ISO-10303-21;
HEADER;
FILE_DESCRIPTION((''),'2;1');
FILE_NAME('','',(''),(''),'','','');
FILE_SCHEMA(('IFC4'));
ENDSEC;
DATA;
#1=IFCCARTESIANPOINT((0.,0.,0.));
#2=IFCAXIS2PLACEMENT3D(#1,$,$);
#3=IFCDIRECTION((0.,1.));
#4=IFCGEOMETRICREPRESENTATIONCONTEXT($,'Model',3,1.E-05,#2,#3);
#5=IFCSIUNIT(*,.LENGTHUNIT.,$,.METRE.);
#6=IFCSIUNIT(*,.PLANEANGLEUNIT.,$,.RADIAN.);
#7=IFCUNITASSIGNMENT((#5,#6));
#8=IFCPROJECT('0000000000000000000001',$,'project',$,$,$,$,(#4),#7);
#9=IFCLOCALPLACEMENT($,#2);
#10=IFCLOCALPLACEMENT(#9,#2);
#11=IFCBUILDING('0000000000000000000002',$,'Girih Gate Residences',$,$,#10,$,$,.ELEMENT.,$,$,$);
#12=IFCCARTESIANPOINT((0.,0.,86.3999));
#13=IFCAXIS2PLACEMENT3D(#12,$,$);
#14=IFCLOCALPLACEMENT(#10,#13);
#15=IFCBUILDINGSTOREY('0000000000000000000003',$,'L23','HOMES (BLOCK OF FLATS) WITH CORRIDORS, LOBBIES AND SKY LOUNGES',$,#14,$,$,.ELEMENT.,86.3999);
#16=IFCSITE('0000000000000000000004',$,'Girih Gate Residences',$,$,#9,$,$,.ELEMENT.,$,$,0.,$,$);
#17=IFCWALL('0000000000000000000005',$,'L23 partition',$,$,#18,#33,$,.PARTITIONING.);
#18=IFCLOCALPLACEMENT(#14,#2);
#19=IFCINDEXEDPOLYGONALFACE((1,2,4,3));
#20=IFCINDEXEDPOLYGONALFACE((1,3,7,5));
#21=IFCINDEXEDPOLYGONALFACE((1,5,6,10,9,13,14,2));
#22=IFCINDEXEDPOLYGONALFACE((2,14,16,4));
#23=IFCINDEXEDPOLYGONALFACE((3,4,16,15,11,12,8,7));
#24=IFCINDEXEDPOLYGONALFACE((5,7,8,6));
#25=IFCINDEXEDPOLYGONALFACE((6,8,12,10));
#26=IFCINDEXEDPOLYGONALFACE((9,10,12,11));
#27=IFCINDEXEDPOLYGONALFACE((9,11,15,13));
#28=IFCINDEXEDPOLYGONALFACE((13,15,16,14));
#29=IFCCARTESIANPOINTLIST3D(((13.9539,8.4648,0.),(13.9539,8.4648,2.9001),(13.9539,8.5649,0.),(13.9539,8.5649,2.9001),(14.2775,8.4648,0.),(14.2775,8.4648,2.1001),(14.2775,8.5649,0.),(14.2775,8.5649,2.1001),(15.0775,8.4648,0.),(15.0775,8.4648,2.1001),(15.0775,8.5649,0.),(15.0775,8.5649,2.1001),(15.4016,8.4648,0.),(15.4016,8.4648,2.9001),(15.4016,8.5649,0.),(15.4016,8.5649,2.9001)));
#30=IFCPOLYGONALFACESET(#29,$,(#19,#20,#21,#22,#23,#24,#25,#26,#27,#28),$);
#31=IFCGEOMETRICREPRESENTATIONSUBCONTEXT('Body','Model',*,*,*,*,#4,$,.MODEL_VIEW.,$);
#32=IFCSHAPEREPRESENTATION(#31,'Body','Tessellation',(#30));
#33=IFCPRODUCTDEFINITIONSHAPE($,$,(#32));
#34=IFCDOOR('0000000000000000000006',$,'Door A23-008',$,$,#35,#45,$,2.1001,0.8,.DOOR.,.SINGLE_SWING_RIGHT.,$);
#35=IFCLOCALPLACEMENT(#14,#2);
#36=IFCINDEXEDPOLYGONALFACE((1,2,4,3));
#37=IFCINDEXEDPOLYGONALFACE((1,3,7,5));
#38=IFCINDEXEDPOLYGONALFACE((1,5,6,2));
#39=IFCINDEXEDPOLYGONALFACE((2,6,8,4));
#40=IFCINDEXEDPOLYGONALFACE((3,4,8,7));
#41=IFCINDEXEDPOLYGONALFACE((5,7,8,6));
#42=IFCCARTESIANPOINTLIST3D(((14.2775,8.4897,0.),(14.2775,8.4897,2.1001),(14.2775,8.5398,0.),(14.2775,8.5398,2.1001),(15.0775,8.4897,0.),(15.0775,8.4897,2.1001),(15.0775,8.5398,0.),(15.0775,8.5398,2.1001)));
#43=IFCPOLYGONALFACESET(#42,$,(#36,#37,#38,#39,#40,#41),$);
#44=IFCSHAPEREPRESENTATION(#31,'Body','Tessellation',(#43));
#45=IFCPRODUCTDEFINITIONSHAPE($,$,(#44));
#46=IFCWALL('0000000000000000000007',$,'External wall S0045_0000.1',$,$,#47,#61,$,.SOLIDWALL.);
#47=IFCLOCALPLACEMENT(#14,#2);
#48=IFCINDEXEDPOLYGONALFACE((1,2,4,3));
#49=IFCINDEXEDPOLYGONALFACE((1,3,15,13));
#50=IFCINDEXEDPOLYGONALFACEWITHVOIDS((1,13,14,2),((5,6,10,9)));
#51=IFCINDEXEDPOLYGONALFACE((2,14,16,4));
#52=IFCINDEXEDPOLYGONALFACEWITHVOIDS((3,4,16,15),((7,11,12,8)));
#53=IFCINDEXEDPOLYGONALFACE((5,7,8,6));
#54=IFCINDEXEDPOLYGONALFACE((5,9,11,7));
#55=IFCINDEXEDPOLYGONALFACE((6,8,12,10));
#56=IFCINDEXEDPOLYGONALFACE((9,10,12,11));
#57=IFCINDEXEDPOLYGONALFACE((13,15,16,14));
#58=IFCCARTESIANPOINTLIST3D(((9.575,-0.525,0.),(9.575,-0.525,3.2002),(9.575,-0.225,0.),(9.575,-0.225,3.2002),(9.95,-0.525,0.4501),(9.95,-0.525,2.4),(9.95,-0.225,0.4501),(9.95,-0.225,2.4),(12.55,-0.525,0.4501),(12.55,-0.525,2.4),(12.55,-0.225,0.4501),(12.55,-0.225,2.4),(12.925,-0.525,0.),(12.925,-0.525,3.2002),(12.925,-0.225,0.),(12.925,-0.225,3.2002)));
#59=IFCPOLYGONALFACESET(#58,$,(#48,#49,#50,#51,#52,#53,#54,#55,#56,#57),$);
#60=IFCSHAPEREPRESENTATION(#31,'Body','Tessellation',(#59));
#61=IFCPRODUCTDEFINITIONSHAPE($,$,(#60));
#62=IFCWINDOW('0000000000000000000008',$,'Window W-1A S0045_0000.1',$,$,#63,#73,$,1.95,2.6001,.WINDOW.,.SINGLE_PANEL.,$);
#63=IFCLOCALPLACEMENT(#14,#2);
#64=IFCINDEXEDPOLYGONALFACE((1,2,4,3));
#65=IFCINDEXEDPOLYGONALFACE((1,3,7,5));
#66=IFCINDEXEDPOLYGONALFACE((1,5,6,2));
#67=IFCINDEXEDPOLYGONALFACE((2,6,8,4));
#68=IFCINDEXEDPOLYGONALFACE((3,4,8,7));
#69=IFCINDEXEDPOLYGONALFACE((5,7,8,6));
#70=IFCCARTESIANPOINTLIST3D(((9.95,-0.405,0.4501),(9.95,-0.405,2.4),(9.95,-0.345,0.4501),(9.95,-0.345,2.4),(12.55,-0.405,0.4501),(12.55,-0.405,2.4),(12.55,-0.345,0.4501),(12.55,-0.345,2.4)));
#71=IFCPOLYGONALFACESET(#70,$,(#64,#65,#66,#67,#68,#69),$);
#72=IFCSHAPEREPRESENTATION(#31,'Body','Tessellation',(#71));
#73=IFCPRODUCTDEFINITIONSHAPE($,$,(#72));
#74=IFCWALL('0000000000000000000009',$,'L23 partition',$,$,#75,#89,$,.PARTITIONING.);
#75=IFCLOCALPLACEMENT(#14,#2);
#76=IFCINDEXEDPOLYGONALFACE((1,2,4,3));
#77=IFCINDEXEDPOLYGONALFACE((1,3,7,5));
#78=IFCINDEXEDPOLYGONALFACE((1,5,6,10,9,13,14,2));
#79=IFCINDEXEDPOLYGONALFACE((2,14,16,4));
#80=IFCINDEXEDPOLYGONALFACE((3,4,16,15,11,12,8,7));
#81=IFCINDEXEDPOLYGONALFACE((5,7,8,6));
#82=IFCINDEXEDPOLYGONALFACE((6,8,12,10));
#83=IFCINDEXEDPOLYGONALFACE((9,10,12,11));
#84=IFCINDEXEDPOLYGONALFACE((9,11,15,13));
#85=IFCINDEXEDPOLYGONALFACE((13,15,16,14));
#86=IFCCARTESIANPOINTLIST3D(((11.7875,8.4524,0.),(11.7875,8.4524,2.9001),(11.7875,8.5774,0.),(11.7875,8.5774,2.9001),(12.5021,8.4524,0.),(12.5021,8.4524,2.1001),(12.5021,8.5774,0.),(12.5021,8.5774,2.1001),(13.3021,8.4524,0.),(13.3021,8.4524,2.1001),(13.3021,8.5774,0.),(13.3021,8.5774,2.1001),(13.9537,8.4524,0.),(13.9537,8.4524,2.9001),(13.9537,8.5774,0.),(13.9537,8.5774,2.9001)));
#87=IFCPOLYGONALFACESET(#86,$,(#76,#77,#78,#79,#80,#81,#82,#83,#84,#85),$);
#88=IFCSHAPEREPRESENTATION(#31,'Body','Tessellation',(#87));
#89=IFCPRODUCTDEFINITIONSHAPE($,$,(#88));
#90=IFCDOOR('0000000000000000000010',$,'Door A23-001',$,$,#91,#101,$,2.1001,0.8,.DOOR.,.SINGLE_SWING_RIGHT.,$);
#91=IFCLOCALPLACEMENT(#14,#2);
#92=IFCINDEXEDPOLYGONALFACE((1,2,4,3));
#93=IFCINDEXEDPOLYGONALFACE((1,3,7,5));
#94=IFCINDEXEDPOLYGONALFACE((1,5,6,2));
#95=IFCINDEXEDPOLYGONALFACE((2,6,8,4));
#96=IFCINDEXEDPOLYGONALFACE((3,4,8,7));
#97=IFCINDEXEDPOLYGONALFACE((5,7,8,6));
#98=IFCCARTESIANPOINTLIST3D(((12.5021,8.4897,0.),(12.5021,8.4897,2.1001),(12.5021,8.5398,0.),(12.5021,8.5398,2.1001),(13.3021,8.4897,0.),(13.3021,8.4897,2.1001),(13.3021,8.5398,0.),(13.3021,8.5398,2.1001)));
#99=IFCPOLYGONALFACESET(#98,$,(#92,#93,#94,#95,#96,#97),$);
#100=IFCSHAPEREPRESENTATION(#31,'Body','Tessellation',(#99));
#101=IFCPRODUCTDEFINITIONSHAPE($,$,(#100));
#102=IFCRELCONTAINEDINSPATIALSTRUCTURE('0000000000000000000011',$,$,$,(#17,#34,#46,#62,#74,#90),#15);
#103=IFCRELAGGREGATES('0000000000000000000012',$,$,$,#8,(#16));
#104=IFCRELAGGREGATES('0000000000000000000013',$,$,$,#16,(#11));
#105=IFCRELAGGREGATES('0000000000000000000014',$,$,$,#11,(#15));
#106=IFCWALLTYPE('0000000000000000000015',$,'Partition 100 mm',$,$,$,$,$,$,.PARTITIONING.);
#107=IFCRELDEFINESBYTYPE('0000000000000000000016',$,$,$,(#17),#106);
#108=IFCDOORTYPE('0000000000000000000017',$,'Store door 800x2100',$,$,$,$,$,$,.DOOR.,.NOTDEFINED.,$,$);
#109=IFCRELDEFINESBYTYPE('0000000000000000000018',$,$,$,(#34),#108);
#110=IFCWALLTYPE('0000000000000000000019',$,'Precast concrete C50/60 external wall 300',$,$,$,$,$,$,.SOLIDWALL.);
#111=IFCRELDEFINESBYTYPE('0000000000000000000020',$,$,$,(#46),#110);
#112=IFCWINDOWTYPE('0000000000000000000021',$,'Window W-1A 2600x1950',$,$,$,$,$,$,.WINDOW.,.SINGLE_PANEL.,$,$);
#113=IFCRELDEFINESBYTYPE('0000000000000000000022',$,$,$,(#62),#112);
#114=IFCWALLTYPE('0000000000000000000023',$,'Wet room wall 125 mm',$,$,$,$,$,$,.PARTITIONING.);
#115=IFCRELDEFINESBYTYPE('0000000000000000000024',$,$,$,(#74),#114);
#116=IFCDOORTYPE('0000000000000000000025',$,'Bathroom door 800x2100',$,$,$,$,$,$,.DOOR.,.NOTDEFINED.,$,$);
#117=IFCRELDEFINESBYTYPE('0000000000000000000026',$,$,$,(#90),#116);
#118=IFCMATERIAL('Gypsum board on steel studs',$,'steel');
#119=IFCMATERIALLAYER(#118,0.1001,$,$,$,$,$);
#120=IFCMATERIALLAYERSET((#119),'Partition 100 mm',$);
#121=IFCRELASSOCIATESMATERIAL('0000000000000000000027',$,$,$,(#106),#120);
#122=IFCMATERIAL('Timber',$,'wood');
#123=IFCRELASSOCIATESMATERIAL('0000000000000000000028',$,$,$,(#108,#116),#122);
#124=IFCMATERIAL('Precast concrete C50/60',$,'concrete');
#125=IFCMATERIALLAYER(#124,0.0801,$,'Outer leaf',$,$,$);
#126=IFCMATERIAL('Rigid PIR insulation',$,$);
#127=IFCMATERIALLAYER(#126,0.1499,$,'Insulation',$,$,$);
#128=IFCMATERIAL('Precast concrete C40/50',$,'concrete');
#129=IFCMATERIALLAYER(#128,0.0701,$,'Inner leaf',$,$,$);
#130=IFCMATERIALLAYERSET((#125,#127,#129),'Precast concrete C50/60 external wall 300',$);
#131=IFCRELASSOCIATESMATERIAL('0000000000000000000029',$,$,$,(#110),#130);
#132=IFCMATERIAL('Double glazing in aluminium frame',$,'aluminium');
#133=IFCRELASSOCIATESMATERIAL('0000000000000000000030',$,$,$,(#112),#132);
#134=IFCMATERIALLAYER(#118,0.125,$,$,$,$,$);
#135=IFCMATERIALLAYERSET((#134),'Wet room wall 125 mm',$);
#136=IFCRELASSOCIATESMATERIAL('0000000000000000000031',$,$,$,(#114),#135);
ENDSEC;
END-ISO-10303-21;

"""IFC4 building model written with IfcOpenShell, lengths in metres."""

from ifc_helpers import new_model, si_unit, direction, frame, frame_2d, origin, place, context, subcontext, project, spatial, rectangle, extrude, material, layer, layer_set, type_object, element, fill, save


model = new_model("IFC4")

# Units and contexts
model_context = context("Model", 3, precision=1e-05, world=origin(), true_north=direction((0.0, 1.0)))
body_context = subcontext(model_context, "Body", "Model", "MODEL_VIEW")
ifc_project = project(units=[si_unit("LENGTHUNIT", "METRE"), si_unit("PLANEANGLEUNIT", "RADIAN")], contexts=[model_context])

# Site, building, storey
site_placement = place(None, origin())
site = spatial("IfcSite", under=ifc_project, at=site_placement, Name="Girih Gate Residences", CompositionType="ELEMENT", RefElevation=0.0)
building_placement = place(site_placement, origin())
building = spatial("IfcBuilding", under=site, at=building_placement, Name="Girih Gate Residences", CompositionType="ELEMENT")
storey_placement = place(building_placement, frame((0.0, 0.0, 86.3999)))
storey = spatial("IfcBuildingStorey", under=building, at=storey_placement, Name="L23", Description="HOMES (BLOCK OF FLATS) WITH CORRIDORS, LOBBIES AND SKY LOUNGES", CompositionType="ELEMENT", Elevation=86.3999)

# Shared definitions
ifc_material_1 = material(Name="Gypsum board on steel studs", Category="steel")
ifc_layer_1 = layer(ifc_material_1, 0.1001)
ifc_layer_set_1 = layer_set([ifc_layer_1], Name="Partition 100 mm")
wall_type_1 = type_object("IfcWallType", Name="Partition 100 mm", PredefinedType="PARTITIONING", material=ifc_layer_set_1)

# Shared definitions
ifc_material_2 = material(Name="Timber", Category="wood")

# Wall, opening, door
door_type_1 = type_object("IfcDoorType", Name="Store door 800x2100", OperationType="NOTDEFINED", PredefinedType="DOOR", material=ifc_material_2)
wall_1_placement = place(storey_placement, frame((13.9539, 8.5149, 0.0), z_axis=(0.0, 0.0, 1.0), x_axis=(1.0, 0.0, 0.0)))
wall_1 = element("IfcWall", 1, at=wall_1_placement, inside=storey, type_object=wall_type_1, Name="L23 partition", PredefinedType="PARTITIONING", context=body_context, shape_type="SweptSolid", body=[
    extrude(rectangle(XDim=1.4478, YDim=0.1001, at=frame_2d((0.7239, 0.0))), origin(), (0.0, 0.0, 1.0), 2.9001),
])
opening_1_placement = place(wall_1_placement, frame((0.3237, 0.0, 0.0)))
opening_1 = element("IfcOpeningElement", 2, at=opening_1_placement, cuts=wall_1, PredefinedType="OPENING", context=body_context, shape_type="SweptSolid", body=[
    extrude(rectangle(XDim=0.8, YDim=2.1001, at=frame_2d((0.3999, 1.05))), frame((0.0, 0.0601, 0.0), z_axis=(0.0, -1.0, 0.0), x_axis=(1.0, 0.0, 0.0)), (0.0, 0.0, 1.0), 0.1201),
])
door_1_placement = place(opening_1_placement, origin())
door_1 = element("IfcDoor", 3, at=door_1_placement, inside=storey, type_object=door_type_1, Name="Door A23-008", OperationType="SINGLE_SWING_RIGHT", OverallHeight=2.1001, OverallWidth=0.8, PredefinedType="DOOR", context=body_context, shape_type="SweptSolid", body=[
    extrude(rectangle(XDim=0.8, YDim=2.1001, at=frame_2d((0.3999, 1.05))), frame((0.0, 0.0249, 0.0), z_axis=(0.0, -1.0, 0.0), x_axis=(1.0, 0.0, 0.0)), (0.0, 0.0, 1.0), 0.05),
])
fill(opening_1, door_1)

# Wall, opening, window
ifc_material_3 = material(Name="Precast concrete C50/60", Category="concrete")
ifc_layer_2 = layer(ifc_material_3, 0.0801, Name="Outer leaf")
ifc_material_4 = material(Name="Rigid PIR insulation")
ifc_layer_3 = layer(ifc_material_4, 0.1499, Name="Insulation")
ifc_material_5 = material(Name="Precast concrete C40/50", Category="concrete")
ifc_layer_4 = layer(ifc_material_5, 0.0701, Name="Inner leaf")
ifc_layer_set_2 = layer_set([ifc_layer_2, ifc_layer_3, ifc_layer_4], Name="Precast concrete C50/60 external wall 300")
wall_type_2 = type_object("IfcWallType", Name="Precast concrete C50/60 external wall 300", PredefinedType="SOLIDWALL", material=ifc_layer_set_2)
wall_2_placement = place(storey_placement, frame((12.925, -0.375, 0.0), z_axis=(0.0, 0.0, 1.0), x_axis=(-1.0, 0.0, 0.0)))
wall_2 = element("IfcWall", 4, at=wall_2_placement, inside=storey, type_object=wall_type_2, Name="External wall S0045_0000.1", PredefinedType="SOLIDWALL", context=body_context, shape_type="SweptSolid", body=[
    extrude(rectangle(XDim=3.3501, YDim=0.3, at=frame_2d((1.675, 0.0))), origin(), (0.0, 0.0, 1.0), 3.2002),
])
opening_2_placement = place(wall_2_placement, frame((0.375, 0.0, 0.45)))
opening_2 = element("IfcOpeningElement", 5, at=opening_2_placement, cuts=wall_2, PredefinedType="OPENING", context=body_context, shape_type="SweptSolid", body=[
    extrude(rectangle(XDim=2.6001, YDim=1.95, at=frame_2d((1.3, 0.9751))), frame((0.0, 0.1599, 0.0), z_axis=(0.0, -1.0, 0.0), x_axis=(1.0, 0.0, 0.0)), (0.0, 0.0, 1.0), 0.3201),
])
ifc_material_6 = material(Name="Double glazing in aluminium frame", Category="aluminium")
window_type = type_object("IfcWindowType", Name="Window W-1A 2600x1950", PartitioningType="SINGLE_PANEL", PredefinedType="WINDOW", material=ifc_material_6)
window_placement = place(opening_2_placement, origin())
window = element("IfcWindow", 6, at=window_placement, inside=storey, type_object=window_type, Name="Window W-1A S0045_0000.1", OverallHeight=1.95, OverallWidth=2.6001, PartitioningType="SINGLE_PANEL", PredefinedType="WINDOW", context=body_context, shape_type="SweptSolid", body=[
    extrude(rectangle(XDim=2.6001, YDim=1.95, at=frame_2d((1.3, 0.9751))), frame((0.0, 0.03, 0.0), z_axis=(0.0, -1.0, 0.0), x_axis=(1.0, 0.0, 0.0)), (0.0, 0.0, 1.0), 0.0601),
])
fill(opening_2, window)

# Wall, opening, door
ifc_layer_5 = layer(ifc_material_1, 0.125)
ifc_layer_set_3 = layer_set([ifc_layer_5], Name="Wet room wall 125 mm")
wall_type_3 = type_object("IfcWallType", Name="Wet room wall 125 mm", PredefinedType="PARTITIONING", material=ifc_layer_set_3)
wall_3_placement = place(storey_placement, frame((11.7876, 8.5149, 0.0), z_axis=(0.0, 0.0, 1.0), x_axis=(1.0, 0.0, 0.0)))
wall_3 = element("IfcWall", 7, at=wall_3_placement, inside=storey, type_object=wall_type_3, Name="L23 partition", PredefinedType="PARTITIONING", context=body_context, shape_type="SweptSolid", body=[
    extrude(rectangle(XDim=2.1663, YDim=0.125, at=frame_2d((1.083, 0.0))), origin(), (0.0, 0.0, 1.0), 2.9001),
])
opening_3_placement = place(wall_3_placement, frame((0.7146, 0.0, 0.0)))
opening_3 = element("IfcOpeningElement", 8, at=opening_3_placement, cuts=wall_3, PredefinedType="OPENING", context=body_context, shape_type="SweptSolid", body=[
    extrude(rectangle(XDim=0.8, YDim=2.1001, at=frame_2d((0.3999, 1.05))), frame((0.0, 0.0725, 0.0), z_axis=(0.0, -1.0, 0.0), x_axis=(1.0, 0.0, 0.0)), (0.0, 0.0, 1.0), 0.145),
])
door_type_2 = type_object("IfcDoorType", Name="Bathroom door 800x2100", OperationType="NOTDEFINED", PredefinedType="DOOR", material=ifc_material_2)
door_2_placement = place(opening_3_placement, origin())
door_2 = element("IfcDoor", 9, at=door_2_placement, inside=storey, type_object=door_type_2, Name="Door A23-001", OperationType="SINGLE_SWING_RIGHT", OverallHeight=2.1001, OverallWidth=0.8, PredefinedType="DOOR", context=body_context, shape_type="SweptSolid", body=[
    extrude(rectangle(XDim=0.8, YDim=2.1001, at=frame_2d((0.3999, 1.05))), frame((0.0, 0.0249, 0.0), z_axis=(0.0, -1.0, 0.0), x_axis=(1.0, 0.0, 0.0)), (0.0, 0.0, 1.0), 0.05),
])
fill(opening_3, door_2)

save(model, "model.ifc")
